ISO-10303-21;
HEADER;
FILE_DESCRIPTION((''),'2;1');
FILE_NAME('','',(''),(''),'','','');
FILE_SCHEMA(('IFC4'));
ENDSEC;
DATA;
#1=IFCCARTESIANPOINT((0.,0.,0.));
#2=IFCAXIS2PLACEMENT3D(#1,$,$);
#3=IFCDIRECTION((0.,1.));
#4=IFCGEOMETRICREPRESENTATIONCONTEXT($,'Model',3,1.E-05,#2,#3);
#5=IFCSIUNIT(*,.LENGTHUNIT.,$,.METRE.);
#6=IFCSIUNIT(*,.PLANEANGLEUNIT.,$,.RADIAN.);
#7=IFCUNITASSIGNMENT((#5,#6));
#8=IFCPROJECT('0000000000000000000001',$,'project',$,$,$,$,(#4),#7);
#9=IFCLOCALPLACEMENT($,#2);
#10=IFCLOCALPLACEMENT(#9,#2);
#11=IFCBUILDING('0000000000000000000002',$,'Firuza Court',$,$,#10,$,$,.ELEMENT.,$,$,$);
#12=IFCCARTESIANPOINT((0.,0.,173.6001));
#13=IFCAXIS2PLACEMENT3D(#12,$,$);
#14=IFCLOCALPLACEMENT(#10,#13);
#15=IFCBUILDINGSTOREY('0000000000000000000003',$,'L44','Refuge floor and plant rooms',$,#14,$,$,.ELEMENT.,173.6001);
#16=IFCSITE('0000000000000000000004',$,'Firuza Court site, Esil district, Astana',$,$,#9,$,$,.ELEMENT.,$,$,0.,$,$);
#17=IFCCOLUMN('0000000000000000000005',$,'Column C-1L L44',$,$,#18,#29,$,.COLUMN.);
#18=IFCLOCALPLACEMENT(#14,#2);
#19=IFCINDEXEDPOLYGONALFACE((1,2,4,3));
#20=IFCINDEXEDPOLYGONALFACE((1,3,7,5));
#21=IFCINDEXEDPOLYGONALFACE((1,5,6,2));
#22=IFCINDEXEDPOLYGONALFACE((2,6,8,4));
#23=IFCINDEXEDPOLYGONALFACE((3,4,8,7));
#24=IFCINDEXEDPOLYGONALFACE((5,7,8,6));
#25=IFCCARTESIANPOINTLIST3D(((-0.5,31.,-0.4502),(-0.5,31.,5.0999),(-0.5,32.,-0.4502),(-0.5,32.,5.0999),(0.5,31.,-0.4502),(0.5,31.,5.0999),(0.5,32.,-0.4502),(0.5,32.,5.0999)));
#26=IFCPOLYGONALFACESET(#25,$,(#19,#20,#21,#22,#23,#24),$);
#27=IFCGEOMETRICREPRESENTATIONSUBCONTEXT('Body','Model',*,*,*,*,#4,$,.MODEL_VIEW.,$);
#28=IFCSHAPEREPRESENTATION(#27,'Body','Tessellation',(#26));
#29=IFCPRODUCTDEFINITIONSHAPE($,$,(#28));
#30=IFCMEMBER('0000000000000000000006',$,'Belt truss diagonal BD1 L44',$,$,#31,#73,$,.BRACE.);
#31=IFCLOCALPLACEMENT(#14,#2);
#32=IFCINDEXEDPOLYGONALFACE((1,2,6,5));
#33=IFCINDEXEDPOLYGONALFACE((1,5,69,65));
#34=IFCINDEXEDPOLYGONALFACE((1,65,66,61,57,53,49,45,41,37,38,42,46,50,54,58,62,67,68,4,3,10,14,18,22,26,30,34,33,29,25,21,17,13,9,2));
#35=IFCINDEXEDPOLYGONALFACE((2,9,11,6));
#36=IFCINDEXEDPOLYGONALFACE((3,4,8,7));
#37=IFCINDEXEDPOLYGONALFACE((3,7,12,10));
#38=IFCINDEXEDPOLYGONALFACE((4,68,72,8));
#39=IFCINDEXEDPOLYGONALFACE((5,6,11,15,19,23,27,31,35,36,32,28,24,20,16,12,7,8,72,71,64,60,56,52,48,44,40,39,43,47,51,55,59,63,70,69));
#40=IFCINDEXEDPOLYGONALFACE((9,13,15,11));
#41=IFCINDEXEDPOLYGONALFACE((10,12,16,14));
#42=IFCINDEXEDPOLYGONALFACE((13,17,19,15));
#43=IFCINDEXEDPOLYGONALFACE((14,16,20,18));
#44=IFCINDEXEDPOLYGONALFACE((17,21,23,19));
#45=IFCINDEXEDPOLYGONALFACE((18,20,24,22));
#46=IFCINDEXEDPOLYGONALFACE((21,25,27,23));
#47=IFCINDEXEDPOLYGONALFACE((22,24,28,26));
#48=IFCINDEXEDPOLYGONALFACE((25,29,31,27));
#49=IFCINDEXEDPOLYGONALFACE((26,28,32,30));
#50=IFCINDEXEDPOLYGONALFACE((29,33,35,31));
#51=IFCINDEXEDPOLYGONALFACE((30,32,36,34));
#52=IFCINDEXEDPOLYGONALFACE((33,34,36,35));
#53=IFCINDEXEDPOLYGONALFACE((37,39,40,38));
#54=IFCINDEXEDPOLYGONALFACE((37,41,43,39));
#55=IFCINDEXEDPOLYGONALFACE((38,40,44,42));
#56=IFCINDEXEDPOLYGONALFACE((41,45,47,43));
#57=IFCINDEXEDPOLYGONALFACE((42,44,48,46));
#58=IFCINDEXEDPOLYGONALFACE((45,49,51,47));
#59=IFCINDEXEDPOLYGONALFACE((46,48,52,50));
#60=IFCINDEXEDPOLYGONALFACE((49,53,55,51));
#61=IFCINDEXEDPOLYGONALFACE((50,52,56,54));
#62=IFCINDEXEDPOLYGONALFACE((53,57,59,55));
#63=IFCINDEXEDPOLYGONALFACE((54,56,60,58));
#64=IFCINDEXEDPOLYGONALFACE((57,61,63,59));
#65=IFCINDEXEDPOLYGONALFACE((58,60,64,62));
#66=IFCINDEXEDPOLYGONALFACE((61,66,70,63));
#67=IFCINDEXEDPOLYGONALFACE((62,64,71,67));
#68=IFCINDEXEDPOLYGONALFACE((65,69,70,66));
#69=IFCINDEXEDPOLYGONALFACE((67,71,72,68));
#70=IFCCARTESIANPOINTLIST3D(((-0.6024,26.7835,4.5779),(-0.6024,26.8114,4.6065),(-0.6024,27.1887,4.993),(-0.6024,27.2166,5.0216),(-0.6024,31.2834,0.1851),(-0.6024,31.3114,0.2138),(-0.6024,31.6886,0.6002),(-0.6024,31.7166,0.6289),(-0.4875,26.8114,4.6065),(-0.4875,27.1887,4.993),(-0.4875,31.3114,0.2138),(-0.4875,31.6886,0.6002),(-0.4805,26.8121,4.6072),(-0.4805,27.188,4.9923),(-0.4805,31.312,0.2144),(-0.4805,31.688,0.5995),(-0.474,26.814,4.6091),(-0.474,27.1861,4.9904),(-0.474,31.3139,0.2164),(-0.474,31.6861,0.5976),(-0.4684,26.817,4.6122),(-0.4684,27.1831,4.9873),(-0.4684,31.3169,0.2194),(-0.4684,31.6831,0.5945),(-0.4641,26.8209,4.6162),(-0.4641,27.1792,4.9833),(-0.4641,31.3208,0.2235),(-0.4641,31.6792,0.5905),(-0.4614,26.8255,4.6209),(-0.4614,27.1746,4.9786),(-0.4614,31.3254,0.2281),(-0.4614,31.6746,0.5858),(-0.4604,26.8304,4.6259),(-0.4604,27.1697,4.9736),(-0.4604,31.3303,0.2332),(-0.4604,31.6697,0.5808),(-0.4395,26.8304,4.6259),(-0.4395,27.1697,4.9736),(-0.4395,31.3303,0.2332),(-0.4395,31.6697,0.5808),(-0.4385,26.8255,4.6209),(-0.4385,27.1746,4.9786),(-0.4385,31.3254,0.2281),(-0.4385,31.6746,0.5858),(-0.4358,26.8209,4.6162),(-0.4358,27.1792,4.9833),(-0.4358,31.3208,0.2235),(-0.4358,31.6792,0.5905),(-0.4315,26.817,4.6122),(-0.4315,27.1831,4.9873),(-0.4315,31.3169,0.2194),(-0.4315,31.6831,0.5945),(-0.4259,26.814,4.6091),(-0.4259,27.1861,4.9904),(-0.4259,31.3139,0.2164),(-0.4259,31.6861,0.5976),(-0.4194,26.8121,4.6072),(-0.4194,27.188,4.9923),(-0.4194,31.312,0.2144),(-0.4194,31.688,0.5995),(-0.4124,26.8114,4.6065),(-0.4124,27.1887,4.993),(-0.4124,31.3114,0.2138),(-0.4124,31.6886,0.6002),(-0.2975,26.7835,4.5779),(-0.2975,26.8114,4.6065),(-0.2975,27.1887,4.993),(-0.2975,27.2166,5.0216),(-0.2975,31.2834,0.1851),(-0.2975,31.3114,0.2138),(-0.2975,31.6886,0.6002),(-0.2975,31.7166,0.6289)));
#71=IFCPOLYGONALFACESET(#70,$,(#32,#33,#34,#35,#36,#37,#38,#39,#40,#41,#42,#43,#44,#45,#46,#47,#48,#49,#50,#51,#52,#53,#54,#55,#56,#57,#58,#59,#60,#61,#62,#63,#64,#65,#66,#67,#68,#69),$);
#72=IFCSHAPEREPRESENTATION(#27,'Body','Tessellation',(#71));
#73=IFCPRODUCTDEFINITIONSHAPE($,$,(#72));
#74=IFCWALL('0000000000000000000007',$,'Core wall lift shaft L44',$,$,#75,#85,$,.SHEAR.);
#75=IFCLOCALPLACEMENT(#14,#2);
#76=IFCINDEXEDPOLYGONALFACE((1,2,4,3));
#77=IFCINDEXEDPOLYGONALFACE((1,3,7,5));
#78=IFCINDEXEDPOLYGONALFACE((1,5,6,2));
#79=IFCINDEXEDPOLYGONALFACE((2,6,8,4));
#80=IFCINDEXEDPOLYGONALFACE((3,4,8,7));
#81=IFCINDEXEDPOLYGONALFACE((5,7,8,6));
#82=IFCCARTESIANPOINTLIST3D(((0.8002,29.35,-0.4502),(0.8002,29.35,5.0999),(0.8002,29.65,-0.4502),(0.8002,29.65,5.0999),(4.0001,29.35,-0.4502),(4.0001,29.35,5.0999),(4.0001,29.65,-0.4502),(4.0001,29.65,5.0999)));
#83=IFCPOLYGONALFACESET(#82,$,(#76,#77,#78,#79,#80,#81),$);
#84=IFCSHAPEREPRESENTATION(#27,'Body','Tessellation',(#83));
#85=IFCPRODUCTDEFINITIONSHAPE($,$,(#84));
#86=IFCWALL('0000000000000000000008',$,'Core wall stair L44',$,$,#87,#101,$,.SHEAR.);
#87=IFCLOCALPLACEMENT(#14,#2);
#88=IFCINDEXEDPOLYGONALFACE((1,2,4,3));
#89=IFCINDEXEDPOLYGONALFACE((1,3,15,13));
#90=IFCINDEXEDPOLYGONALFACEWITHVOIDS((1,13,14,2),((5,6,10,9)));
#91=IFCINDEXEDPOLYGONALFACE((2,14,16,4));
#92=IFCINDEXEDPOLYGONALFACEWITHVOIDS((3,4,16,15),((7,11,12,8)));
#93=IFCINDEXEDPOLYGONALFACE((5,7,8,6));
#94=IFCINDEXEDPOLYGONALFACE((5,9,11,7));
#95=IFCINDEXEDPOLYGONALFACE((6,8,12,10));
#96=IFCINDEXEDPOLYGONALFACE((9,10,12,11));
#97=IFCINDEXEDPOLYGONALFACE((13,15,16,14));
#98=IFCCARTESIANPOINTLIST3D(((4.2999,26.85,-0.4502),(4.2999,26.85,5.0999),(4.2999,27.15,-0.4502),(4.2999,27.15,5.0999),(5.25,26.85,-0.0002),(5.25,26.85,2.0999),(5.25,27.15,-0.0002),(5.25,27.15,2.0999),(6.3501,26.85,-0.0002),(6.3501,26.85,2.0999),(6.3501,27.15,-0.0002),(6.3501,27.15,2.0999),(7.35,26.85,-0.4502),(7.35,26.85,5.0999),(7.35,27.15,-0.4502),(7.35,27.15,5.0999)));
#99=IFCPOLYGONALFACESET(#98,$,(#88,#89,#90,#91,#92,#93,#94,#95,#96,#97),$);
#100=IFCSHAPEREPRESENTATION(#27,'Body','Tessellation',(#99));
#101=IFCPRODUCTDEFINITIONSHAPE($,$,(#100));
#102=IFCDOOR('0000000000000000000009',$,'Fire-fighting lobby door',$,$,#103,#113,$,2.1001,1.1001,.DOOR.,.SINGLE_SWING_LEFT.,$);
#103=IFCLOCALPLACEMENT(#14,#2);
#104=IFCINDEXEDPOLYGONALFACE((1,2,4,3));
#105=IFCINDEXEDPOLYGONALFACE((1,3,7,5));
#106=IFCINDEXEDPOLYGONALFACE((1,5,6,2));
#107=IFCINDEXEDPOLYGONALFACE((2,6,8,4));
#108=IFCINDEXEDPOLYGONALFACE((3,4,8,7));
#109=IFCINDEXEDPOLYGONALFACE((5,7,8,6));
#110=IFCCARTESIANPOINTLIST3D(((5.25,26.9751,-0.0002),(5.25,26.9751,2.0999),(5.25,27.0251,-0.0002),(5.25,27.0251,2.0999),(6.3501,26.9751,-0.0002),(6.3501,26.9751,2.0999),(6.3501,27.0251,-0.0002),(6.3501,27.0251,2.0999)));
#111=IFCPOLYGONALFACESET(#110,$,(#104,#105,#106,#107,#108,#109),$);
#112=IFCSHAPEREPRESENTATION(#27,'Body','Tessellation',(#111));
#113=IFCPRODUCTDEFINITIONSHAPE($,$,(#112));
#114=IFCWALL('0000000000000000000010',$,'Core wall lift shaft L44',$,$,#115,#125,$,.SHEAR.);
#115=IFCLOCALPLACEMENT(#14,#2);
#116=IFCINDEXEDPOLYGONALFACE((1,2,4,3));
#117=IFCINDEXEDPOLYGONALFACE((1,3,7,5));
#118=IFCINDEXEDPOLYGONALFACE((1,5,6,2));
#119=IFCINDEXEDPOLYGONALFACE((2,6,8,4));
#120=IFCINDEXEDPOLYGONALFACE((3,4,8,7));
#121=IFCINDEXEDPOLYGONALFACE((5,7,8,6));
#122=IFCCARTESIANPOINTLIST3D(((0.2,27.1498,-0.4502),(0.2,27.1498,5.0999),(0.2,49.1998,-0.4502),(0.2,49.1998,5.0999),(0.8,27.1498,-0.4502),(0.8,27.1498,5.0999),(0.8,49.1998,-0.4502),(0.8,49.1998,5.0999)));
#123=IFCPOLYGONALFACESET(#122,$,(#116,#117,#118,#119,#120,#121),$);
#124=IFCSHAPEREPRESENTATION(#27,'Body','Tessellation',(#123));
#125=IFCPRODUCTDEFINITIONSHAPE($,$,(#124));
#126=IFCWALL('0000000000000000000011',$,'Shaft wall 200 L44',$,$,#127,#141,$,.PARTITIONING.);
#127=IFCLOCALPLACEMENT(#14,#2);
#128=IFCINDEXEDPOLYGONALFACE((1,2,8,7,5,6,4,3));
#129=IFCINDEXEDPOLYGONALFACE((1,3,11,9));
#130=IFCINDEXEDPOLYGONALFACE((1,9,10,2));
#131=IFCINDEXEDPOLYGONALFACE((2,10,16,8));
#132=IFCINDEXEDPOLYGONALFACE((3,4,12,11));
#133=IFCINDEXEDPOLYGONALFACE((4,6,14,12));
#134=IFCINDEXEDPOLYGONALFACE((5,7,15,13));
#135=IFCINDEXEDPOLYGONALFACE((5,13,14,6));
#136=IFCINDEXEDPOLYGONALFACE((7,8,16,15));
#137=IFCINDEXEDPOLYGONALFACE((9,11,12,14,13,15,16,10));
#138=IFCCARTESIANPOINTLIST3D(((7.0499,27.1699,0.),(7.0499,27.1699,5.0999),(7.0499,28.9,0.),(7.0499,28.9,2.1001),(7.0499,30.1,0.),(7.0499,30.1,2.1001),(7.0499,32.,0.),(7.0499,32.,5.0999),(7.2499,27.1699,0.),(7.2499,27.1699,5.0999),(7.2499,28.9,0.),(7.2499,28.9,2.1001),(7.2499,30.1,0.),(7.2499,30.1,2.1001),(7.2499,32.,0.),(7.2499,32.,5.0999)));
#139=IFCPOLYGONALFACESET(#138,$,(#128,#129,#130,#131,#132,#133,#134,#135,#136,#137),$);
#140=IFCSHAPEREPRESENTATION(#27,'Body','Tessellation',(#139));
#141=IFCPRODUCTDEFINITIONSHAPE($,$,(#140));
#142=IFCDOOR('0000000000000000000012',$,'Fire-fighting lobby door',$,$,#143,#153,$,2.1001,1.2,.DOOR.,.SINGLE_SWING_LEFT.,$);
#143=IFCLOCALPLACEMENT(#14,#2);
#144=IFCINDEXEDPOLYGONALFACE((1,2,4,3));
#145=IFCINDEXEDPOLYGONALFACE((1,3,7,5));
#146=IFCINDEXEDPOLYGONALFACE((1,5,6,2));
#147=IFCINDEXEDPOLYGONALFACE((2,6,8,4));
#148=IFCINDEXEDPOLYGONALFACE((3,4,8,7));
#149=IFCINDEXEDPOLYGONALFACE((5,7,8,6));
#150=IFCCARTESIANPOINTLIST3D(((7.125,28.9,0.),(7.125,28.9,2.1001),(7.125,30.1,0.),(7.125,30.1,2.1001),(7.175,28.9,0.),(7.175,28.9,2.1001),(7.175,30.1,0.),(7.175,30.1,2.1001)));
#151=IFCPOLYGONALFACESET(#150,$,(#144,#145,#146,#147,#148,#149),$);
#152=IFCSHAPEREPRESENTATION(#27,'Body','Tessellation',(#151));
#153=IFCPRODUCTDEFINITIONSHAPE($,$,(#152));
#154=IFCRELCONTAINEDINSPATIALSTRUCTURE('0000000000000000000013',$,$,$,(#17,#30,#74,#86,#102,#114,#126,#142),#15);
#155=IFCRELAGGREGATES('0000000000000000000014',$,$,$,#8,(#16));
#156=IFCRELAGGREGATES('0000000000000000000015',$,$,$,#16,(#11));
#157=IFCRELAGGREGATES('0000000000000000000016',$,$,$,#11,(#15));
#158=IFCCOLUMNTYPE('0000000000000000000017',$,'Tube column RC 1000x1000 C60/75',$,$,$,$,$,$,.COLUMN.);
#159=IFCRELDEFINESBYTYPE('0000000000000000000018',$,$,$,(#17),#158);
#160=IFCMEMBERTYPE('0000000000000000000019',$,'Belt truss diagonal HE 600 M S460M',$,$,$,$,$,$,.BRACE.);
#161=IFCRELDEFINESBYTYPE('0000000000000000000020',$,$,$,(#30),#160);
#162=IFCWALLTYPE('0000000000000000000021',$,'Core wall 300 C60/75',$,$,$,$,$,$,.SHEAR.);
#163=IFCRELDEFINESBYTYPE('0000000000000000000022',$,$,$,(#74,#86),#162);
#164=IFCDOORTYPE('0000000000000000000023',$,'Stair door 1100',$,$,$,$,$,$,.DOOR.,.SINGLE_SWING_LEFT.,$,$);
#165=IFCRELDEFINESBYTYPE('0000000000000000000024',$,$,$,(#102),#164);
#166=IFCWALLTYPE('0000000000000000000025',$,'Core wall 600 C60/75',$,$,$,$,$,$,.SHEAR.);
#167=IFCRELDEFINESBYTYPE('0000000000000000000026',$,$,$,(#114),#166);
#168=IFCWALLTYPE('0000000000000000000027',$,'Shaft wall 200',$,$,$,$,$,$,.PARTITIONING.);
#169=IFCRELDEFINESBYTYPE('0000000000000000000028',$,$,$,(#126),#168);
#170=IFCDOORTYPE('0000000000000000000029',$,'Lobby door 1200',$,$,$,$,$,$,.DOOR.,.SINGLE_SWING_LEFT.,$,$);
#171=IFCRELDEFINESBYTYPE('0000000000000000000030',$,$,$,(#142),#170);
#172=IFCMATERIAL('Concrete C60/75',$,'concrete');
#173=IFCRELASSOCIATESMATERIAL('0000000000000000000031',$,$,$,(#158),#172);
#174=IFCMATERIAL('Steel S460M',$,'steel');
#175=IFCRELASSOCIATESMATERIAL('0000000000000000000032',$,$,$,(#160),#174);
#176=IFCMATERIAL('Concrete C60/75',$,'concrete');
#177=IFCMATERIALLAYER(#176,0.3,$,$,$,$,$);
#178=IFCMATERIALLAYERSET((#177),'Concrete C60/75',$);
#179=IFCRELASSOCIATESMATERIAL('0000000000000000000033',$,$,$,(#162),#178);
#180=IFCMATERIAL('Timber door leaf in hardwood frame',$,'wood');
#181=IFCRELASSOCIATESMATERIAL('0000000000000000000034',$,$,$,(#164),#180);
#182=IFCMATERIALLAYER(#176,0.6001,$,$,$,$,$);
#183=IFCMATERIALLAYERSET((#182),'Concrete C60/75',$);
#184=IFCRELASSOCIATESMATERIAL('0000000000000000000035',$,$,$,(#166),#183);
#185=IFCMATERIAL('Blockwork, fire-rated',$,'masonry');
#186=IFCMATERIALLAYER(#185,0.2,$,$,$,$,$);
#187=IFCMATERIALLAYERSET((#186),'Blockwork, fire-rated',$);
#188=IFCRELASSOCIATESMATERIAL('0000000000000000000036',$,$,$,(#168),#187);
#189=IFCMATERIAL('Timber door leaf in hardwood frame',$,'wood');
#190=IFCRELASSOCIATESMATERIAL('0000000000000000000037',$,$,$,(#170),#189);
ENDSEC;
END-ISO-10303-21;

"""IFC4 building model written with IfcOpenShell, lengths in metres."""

from ifc_helpers import new_model, si_unit, direction, frame, frame_2d, origin, origin_2d, place, context, subcontext, project, spatial, rectangle, i_section, extrude, material, layer, layer_set, material_profile, profile_set, type_object, element, fill, save


model = new_model("IFC4")

# Units and contexts
model_context = context("Model", 3, precision=1e-05, world=origin(), true_north=direction((0.0, 1.0)))
body_context = subcontext(model_context, "Body", "Model", "MODEL_VIEW")
ifc_project = project(units=[si_unit("LENGTHUNIT", "METRE"), si_unit("PLANEANGLEUNIT", "RADIAN")], contexts=[model_context])

# Site, building, storey
site_placement = place(None, origin())
site = spatial("IfcSite", under=ifc_project, at=site_placement, Name="Firuza Court site, Esil district, Astana", CompositionType="ELEMENT", RefElevation=0.0)
building_placement = place(site_placement, origin())
building = spatial("IfcBuilding", under=site, at=building_placement, Name="Firuza Court", CompositionType="ELEMENT")
storey_placement = place(building_placement, frame((0.0, 0.0, 173.6001)))
storey = spatial("IfcBuildingStorey", under=building, at=storey_placement, Name="L44", Description="Refuge floor and plant rooms", CompositionType="ELEMENT", Elevation=173.6001)

# Column
ifc_material_1 = material(Name="Concrete C60/75", Category="concrete")
ifc_material_profile_1 = material_profile(ifc_material_1, rectangle(XDim=1.0, YDim=1.0, at=origin_2d()), Name="RC 1000x1000")
ifc_profile_set_1 = profile_set([ifc_material_profile_1], Name="Concrete C60/75")
column_type = type_object("IfcColumnType", Name="Tube column RC 1000x1000 C60/75", PredefinedType="COLUMN", material=ifc_profile_set_1)
column_placement = place(storey_placement, frame((0.0, 31.5, -0.4502), z_axis=(0.0, 0.0, 1.0), x_axis=(1.0, 0.0, 0.0)))
element("IfcColumn", 1, at=column_placement, inside=storey, type_object=column_type, Name="Column C-1L L44", PredefinedType="COLUMN", context=body_context, shape_type="SweptSolid", body=[
    extrude(rectangle(XDim=1.0, YDim=1.0, at=origin_2d()), origin(), (0.0, 0.0, 1.0), 5.55),
])

# Member
ifc_material_2 = material(Name="Steel S460M", Category="steel")
ifc_material_profile_2 = material_profile(ifc_material_2, i_section(OverallWidth=0.3049, OverallDepth=0.6201, WebThickness=0.021, FlangeThickness=0.04, FilletRadius=0.0271, at=origin_2d()), Name="HE 600 M")
ifc_profile_set_2 = profile_set([ifc_material_profile_2], Name="Steel S460M")
member_type = type_object("IfcMemberType", Name="Belt truss diagonal HE 600 M S460M", PredefinedType="BRACE", material=ifc_profile_set_2)
member_placement = place(storey_placement, frame((-0.45, 31.5, 0.407), z_axis=(0.0, -0.715577, 0.698534), x_axis=(1.0, 0.0, 0.0)))
element("IfcMember", 2, at=member_placement, inside=storey, type_object=member_type, Name="Belt truss diagonal BD1 L44", PredefinedType="BRACE", context=body_context, shape_type="SweptSolid", body=[
    extrude(i_section(OverallWidth=0.3049, OverallDepth=0.6201, WebThickness=0.021, FlangeThickness=0.04, FilletRadius=0.0271, at=origin_2d()), origin(), (0.0, 0.0, 1.0), 6.2886),
])

# Wall
ifc_material_3 = material(Name="Concrete C60/75", Category="concrete")
ifc_layer_1 = layer(ifc_material_3, 0.3)
ifc_layer_set_1 = layer_set([ifc_layer_1], Name="Concrete C60/75")
wall_type_1 = type_object("IfcWallType", Name="Core wall 300 C60/75", PredefinedType="SHEAR", material=ifc_layer_set_1)
wall_1_placement = place(storey_placement, frame((0.8, 29.5, -0.4502), z_axis=(0.0, 0.0, 1.0), x_axis=(1.0, 0.0, 0.0)))
element("IfcWall", 3, at=wall_1_placement, inside=storey, type_object=wall_type_1, Name="Core wall lift shaft L44", PredefinedType="SHEAR", context=body_context, shape_type="SweptSolid", body=[
    extrude(rectangle(XDim=3.2, YDim=0.3, at=frame_2d((1.6001, 0.0))), origin(), (0.0, 0.0, 1.0), 5.55),
])

# Wall, opening, door
wall_2_placement = place(storey_placement, frame((4.3, 27.0, -0.4502), z_axis=(0.0, 0.0, 1.0), x_axis=(1.0, 0.0, 0.0)))
wall_2 = element("IfcWall", 4, at=wall_2_placement, inside=storey, type_object=wall_type_1, Name="Core wall stair L44", PredefinedType="SHEAR", context=body_context, shape_type="SweptSolid", body=[
    extrude(rectangle(XDim=3.05, YDim=0.3, at=frame_2d((1.5249, 0.0))), origin(), (0.0, 0.0, 1.0), 5.55),
])
opening_1_placement = place(wall_2_placement, frame((0.95, 0.0, 0.45)))
opening_1 = element("IfcOpeningElement", 5, at=opening_1_placement, cuts=wall_2, PredefinedType="OPENING", context=body_context, shape_type="SweptSolid", body=[
    extrude(rectangle(XDim=1.1001, YDim=2.1001, at=frame_2d((0.55, 1.05))), frame((0.0, 0.1621, 0.0), z_axis=(0.0, -1.0, 0.0), x_axis=(1.0, 0.0, 0.0)), (0.0, 0.0, 1.0), 0.324),
])
ifc_material_4 = material(Name="Timber door leaf in hardwood frame", Category="wood")
door_type_1 = type_object("IfcDoorType", Name="Stair door 1100", OperationType="SINGLE_SWING_LEFT", PredefinedType="DOOR", material=ifc_material_4)
door_1_placement = place(opening_1_placement, frame((1.1001, 0.0, 0.0), z_axis=(0.0, 0.0, 1.0), x_axis=(-1.0, 0.0, 0.0)))
door_1 = element("IfcDoor", 6, at=door_1_placement, inside=storey, type_object=door_type_1, Name="Fire-fighting lobby door", OperationType="SINGLE_SWING_LEFT", OverallHeight=2.1001, OverallWidth=1.1001, PredefinedType="DOOR", context=body_context, shape_type="SweptSolid", body=[
    extrude(rectangle(XDim=1.1001, YDim=2.1001, at=frame_2d((0.55, 1.05))), frame((0.0, 0.0249, 0.0), z_axis=(0.0, -1.0, 0.0), x_axis=(1.0, 0.0, 0.0)), (0.0, 0.0, 1.0), 0.05),
])
fill(opening_1, door_1)

# Wall
ifc_layer_2 = layer(ifc_material_3, 0.6001)
ifc_layer_set_2 = layer_set([ifc_layer_2], Name="Concrete C60/75")
wall_type_2 = type_object("IfcWallType", Name="Core wall 600 C60/75", PredefinedType="SHEAR", material=ifc_layer_set_2)
wall_3_placement = place(storey_placement, frame((0.5, 27.1499, -0.4502), z_axis=(0.0, 0.0, 1.0), x_axis=(0.0, 1.0, 0.0)))
element("IfcWall", 7, at=wall_3_placement, inside=storey, type_object=wall_type_2, Name="Core wall lift shaft L44", PredefinedType="SHEAR", context=body_context, shape_type="SweptSolid", body=[
    extrude(rectangle(XDim=22.05, YDim=0.6001, at=frame_2d((11.0249, 0.0))), origin(), (0.0, 0.0, 1.0), 5.55),
])

# Wall, opening, door
ifc_material_5 = material(Name="Blockwork, fire-rated", Category="masonry")
ifc_layer_3 = layer(ifc_material_5, 0.2)
ifc_layer_set_3 = layer_set([ifc_layer_3], Name="Blockwork, fire-rated")
wall_type_3 = type_object("IfcWallType", Name="Shaft wall 200", PredefinedType="PARTITIONING", material=ifc_layer_set_3)
wall_4_placement = place(storey_placement, frame((7.1499, 27.1699, 0.0), z_axis=(0.0, 0.0, 1.0), x_axis=(0.0, 1.0, 0.0)))
wall_4 = element("IfcWall", 8, at=wall_4_placement, inside=storey, type_object=wall_type_3, Name="Shaft wall 200 L44", PredefinedType="PARTITIONING", context=body_context, shape_type="SweptSolid", body=[
    extrude(rectangle(XDim=4.8301, YDim=0.2, at=frame_2d((2.415, 0.0))), origin(), (0.0, 0.0, 1.0), 5.0999),
])
opening_2_placement = place(wall_4_placement, frame((1.73, 0.0, 0.0)))
opening_2 = element("IfcOpeningElement", 9, at=opening_2_placement, cuts=wall_4, PredefinedType="OPENING", context=body_context, shape_type="SweptSolid", body=[
    extrude(rectangle(XDim=1.2, YDim=2.1001, at=frame_2d((0.6001, 1.05))), frame((0.0, 0.1118, 0.0), z_axis=(0.0, -1.0, 0.0), x_axis=(1.0, 0.0, 0.0)), (0.0, 0.0, 1.0), 0.2239),
])
ifc_material_6 = material(Name="Timber door leaf in hardwood frame", Category="wood")
door_type_2 = type_object("IfcDoorType", Name="Lobby door 1200", OperationType="SINGLE_SWING_LEFT", PredefinedType="DOOR", material=ifc_material_6)
door_2_placement = place(opening_2_placement, origin())
door_2 = element("IfcDoor", 10, at=door_2_placement, inside=storey, type_object=door_type_2, Name="Fire-fighting lobby door", OperationType="SINGLE_SWING_LEFT", OverallHeight=2.1001, OverallWidth=1.2, PredefinedType="DOOR", context=body_context, shape_type="SweptSolid", body=[
    extrude(rectangle(XDim=1.2, YDim=2.1001, at=frame_2d((0.6001, 1.05))), frame((0.0, 0.0249, 0.0), z_axis=(0.0, -1.0, 0.0), x_axis=(1.0, 0.0, 0.0)), (0.0, 0.0, 1.0), 0.05),
])
fill(opening_2, door_2)

save(model, "model.ifc")
